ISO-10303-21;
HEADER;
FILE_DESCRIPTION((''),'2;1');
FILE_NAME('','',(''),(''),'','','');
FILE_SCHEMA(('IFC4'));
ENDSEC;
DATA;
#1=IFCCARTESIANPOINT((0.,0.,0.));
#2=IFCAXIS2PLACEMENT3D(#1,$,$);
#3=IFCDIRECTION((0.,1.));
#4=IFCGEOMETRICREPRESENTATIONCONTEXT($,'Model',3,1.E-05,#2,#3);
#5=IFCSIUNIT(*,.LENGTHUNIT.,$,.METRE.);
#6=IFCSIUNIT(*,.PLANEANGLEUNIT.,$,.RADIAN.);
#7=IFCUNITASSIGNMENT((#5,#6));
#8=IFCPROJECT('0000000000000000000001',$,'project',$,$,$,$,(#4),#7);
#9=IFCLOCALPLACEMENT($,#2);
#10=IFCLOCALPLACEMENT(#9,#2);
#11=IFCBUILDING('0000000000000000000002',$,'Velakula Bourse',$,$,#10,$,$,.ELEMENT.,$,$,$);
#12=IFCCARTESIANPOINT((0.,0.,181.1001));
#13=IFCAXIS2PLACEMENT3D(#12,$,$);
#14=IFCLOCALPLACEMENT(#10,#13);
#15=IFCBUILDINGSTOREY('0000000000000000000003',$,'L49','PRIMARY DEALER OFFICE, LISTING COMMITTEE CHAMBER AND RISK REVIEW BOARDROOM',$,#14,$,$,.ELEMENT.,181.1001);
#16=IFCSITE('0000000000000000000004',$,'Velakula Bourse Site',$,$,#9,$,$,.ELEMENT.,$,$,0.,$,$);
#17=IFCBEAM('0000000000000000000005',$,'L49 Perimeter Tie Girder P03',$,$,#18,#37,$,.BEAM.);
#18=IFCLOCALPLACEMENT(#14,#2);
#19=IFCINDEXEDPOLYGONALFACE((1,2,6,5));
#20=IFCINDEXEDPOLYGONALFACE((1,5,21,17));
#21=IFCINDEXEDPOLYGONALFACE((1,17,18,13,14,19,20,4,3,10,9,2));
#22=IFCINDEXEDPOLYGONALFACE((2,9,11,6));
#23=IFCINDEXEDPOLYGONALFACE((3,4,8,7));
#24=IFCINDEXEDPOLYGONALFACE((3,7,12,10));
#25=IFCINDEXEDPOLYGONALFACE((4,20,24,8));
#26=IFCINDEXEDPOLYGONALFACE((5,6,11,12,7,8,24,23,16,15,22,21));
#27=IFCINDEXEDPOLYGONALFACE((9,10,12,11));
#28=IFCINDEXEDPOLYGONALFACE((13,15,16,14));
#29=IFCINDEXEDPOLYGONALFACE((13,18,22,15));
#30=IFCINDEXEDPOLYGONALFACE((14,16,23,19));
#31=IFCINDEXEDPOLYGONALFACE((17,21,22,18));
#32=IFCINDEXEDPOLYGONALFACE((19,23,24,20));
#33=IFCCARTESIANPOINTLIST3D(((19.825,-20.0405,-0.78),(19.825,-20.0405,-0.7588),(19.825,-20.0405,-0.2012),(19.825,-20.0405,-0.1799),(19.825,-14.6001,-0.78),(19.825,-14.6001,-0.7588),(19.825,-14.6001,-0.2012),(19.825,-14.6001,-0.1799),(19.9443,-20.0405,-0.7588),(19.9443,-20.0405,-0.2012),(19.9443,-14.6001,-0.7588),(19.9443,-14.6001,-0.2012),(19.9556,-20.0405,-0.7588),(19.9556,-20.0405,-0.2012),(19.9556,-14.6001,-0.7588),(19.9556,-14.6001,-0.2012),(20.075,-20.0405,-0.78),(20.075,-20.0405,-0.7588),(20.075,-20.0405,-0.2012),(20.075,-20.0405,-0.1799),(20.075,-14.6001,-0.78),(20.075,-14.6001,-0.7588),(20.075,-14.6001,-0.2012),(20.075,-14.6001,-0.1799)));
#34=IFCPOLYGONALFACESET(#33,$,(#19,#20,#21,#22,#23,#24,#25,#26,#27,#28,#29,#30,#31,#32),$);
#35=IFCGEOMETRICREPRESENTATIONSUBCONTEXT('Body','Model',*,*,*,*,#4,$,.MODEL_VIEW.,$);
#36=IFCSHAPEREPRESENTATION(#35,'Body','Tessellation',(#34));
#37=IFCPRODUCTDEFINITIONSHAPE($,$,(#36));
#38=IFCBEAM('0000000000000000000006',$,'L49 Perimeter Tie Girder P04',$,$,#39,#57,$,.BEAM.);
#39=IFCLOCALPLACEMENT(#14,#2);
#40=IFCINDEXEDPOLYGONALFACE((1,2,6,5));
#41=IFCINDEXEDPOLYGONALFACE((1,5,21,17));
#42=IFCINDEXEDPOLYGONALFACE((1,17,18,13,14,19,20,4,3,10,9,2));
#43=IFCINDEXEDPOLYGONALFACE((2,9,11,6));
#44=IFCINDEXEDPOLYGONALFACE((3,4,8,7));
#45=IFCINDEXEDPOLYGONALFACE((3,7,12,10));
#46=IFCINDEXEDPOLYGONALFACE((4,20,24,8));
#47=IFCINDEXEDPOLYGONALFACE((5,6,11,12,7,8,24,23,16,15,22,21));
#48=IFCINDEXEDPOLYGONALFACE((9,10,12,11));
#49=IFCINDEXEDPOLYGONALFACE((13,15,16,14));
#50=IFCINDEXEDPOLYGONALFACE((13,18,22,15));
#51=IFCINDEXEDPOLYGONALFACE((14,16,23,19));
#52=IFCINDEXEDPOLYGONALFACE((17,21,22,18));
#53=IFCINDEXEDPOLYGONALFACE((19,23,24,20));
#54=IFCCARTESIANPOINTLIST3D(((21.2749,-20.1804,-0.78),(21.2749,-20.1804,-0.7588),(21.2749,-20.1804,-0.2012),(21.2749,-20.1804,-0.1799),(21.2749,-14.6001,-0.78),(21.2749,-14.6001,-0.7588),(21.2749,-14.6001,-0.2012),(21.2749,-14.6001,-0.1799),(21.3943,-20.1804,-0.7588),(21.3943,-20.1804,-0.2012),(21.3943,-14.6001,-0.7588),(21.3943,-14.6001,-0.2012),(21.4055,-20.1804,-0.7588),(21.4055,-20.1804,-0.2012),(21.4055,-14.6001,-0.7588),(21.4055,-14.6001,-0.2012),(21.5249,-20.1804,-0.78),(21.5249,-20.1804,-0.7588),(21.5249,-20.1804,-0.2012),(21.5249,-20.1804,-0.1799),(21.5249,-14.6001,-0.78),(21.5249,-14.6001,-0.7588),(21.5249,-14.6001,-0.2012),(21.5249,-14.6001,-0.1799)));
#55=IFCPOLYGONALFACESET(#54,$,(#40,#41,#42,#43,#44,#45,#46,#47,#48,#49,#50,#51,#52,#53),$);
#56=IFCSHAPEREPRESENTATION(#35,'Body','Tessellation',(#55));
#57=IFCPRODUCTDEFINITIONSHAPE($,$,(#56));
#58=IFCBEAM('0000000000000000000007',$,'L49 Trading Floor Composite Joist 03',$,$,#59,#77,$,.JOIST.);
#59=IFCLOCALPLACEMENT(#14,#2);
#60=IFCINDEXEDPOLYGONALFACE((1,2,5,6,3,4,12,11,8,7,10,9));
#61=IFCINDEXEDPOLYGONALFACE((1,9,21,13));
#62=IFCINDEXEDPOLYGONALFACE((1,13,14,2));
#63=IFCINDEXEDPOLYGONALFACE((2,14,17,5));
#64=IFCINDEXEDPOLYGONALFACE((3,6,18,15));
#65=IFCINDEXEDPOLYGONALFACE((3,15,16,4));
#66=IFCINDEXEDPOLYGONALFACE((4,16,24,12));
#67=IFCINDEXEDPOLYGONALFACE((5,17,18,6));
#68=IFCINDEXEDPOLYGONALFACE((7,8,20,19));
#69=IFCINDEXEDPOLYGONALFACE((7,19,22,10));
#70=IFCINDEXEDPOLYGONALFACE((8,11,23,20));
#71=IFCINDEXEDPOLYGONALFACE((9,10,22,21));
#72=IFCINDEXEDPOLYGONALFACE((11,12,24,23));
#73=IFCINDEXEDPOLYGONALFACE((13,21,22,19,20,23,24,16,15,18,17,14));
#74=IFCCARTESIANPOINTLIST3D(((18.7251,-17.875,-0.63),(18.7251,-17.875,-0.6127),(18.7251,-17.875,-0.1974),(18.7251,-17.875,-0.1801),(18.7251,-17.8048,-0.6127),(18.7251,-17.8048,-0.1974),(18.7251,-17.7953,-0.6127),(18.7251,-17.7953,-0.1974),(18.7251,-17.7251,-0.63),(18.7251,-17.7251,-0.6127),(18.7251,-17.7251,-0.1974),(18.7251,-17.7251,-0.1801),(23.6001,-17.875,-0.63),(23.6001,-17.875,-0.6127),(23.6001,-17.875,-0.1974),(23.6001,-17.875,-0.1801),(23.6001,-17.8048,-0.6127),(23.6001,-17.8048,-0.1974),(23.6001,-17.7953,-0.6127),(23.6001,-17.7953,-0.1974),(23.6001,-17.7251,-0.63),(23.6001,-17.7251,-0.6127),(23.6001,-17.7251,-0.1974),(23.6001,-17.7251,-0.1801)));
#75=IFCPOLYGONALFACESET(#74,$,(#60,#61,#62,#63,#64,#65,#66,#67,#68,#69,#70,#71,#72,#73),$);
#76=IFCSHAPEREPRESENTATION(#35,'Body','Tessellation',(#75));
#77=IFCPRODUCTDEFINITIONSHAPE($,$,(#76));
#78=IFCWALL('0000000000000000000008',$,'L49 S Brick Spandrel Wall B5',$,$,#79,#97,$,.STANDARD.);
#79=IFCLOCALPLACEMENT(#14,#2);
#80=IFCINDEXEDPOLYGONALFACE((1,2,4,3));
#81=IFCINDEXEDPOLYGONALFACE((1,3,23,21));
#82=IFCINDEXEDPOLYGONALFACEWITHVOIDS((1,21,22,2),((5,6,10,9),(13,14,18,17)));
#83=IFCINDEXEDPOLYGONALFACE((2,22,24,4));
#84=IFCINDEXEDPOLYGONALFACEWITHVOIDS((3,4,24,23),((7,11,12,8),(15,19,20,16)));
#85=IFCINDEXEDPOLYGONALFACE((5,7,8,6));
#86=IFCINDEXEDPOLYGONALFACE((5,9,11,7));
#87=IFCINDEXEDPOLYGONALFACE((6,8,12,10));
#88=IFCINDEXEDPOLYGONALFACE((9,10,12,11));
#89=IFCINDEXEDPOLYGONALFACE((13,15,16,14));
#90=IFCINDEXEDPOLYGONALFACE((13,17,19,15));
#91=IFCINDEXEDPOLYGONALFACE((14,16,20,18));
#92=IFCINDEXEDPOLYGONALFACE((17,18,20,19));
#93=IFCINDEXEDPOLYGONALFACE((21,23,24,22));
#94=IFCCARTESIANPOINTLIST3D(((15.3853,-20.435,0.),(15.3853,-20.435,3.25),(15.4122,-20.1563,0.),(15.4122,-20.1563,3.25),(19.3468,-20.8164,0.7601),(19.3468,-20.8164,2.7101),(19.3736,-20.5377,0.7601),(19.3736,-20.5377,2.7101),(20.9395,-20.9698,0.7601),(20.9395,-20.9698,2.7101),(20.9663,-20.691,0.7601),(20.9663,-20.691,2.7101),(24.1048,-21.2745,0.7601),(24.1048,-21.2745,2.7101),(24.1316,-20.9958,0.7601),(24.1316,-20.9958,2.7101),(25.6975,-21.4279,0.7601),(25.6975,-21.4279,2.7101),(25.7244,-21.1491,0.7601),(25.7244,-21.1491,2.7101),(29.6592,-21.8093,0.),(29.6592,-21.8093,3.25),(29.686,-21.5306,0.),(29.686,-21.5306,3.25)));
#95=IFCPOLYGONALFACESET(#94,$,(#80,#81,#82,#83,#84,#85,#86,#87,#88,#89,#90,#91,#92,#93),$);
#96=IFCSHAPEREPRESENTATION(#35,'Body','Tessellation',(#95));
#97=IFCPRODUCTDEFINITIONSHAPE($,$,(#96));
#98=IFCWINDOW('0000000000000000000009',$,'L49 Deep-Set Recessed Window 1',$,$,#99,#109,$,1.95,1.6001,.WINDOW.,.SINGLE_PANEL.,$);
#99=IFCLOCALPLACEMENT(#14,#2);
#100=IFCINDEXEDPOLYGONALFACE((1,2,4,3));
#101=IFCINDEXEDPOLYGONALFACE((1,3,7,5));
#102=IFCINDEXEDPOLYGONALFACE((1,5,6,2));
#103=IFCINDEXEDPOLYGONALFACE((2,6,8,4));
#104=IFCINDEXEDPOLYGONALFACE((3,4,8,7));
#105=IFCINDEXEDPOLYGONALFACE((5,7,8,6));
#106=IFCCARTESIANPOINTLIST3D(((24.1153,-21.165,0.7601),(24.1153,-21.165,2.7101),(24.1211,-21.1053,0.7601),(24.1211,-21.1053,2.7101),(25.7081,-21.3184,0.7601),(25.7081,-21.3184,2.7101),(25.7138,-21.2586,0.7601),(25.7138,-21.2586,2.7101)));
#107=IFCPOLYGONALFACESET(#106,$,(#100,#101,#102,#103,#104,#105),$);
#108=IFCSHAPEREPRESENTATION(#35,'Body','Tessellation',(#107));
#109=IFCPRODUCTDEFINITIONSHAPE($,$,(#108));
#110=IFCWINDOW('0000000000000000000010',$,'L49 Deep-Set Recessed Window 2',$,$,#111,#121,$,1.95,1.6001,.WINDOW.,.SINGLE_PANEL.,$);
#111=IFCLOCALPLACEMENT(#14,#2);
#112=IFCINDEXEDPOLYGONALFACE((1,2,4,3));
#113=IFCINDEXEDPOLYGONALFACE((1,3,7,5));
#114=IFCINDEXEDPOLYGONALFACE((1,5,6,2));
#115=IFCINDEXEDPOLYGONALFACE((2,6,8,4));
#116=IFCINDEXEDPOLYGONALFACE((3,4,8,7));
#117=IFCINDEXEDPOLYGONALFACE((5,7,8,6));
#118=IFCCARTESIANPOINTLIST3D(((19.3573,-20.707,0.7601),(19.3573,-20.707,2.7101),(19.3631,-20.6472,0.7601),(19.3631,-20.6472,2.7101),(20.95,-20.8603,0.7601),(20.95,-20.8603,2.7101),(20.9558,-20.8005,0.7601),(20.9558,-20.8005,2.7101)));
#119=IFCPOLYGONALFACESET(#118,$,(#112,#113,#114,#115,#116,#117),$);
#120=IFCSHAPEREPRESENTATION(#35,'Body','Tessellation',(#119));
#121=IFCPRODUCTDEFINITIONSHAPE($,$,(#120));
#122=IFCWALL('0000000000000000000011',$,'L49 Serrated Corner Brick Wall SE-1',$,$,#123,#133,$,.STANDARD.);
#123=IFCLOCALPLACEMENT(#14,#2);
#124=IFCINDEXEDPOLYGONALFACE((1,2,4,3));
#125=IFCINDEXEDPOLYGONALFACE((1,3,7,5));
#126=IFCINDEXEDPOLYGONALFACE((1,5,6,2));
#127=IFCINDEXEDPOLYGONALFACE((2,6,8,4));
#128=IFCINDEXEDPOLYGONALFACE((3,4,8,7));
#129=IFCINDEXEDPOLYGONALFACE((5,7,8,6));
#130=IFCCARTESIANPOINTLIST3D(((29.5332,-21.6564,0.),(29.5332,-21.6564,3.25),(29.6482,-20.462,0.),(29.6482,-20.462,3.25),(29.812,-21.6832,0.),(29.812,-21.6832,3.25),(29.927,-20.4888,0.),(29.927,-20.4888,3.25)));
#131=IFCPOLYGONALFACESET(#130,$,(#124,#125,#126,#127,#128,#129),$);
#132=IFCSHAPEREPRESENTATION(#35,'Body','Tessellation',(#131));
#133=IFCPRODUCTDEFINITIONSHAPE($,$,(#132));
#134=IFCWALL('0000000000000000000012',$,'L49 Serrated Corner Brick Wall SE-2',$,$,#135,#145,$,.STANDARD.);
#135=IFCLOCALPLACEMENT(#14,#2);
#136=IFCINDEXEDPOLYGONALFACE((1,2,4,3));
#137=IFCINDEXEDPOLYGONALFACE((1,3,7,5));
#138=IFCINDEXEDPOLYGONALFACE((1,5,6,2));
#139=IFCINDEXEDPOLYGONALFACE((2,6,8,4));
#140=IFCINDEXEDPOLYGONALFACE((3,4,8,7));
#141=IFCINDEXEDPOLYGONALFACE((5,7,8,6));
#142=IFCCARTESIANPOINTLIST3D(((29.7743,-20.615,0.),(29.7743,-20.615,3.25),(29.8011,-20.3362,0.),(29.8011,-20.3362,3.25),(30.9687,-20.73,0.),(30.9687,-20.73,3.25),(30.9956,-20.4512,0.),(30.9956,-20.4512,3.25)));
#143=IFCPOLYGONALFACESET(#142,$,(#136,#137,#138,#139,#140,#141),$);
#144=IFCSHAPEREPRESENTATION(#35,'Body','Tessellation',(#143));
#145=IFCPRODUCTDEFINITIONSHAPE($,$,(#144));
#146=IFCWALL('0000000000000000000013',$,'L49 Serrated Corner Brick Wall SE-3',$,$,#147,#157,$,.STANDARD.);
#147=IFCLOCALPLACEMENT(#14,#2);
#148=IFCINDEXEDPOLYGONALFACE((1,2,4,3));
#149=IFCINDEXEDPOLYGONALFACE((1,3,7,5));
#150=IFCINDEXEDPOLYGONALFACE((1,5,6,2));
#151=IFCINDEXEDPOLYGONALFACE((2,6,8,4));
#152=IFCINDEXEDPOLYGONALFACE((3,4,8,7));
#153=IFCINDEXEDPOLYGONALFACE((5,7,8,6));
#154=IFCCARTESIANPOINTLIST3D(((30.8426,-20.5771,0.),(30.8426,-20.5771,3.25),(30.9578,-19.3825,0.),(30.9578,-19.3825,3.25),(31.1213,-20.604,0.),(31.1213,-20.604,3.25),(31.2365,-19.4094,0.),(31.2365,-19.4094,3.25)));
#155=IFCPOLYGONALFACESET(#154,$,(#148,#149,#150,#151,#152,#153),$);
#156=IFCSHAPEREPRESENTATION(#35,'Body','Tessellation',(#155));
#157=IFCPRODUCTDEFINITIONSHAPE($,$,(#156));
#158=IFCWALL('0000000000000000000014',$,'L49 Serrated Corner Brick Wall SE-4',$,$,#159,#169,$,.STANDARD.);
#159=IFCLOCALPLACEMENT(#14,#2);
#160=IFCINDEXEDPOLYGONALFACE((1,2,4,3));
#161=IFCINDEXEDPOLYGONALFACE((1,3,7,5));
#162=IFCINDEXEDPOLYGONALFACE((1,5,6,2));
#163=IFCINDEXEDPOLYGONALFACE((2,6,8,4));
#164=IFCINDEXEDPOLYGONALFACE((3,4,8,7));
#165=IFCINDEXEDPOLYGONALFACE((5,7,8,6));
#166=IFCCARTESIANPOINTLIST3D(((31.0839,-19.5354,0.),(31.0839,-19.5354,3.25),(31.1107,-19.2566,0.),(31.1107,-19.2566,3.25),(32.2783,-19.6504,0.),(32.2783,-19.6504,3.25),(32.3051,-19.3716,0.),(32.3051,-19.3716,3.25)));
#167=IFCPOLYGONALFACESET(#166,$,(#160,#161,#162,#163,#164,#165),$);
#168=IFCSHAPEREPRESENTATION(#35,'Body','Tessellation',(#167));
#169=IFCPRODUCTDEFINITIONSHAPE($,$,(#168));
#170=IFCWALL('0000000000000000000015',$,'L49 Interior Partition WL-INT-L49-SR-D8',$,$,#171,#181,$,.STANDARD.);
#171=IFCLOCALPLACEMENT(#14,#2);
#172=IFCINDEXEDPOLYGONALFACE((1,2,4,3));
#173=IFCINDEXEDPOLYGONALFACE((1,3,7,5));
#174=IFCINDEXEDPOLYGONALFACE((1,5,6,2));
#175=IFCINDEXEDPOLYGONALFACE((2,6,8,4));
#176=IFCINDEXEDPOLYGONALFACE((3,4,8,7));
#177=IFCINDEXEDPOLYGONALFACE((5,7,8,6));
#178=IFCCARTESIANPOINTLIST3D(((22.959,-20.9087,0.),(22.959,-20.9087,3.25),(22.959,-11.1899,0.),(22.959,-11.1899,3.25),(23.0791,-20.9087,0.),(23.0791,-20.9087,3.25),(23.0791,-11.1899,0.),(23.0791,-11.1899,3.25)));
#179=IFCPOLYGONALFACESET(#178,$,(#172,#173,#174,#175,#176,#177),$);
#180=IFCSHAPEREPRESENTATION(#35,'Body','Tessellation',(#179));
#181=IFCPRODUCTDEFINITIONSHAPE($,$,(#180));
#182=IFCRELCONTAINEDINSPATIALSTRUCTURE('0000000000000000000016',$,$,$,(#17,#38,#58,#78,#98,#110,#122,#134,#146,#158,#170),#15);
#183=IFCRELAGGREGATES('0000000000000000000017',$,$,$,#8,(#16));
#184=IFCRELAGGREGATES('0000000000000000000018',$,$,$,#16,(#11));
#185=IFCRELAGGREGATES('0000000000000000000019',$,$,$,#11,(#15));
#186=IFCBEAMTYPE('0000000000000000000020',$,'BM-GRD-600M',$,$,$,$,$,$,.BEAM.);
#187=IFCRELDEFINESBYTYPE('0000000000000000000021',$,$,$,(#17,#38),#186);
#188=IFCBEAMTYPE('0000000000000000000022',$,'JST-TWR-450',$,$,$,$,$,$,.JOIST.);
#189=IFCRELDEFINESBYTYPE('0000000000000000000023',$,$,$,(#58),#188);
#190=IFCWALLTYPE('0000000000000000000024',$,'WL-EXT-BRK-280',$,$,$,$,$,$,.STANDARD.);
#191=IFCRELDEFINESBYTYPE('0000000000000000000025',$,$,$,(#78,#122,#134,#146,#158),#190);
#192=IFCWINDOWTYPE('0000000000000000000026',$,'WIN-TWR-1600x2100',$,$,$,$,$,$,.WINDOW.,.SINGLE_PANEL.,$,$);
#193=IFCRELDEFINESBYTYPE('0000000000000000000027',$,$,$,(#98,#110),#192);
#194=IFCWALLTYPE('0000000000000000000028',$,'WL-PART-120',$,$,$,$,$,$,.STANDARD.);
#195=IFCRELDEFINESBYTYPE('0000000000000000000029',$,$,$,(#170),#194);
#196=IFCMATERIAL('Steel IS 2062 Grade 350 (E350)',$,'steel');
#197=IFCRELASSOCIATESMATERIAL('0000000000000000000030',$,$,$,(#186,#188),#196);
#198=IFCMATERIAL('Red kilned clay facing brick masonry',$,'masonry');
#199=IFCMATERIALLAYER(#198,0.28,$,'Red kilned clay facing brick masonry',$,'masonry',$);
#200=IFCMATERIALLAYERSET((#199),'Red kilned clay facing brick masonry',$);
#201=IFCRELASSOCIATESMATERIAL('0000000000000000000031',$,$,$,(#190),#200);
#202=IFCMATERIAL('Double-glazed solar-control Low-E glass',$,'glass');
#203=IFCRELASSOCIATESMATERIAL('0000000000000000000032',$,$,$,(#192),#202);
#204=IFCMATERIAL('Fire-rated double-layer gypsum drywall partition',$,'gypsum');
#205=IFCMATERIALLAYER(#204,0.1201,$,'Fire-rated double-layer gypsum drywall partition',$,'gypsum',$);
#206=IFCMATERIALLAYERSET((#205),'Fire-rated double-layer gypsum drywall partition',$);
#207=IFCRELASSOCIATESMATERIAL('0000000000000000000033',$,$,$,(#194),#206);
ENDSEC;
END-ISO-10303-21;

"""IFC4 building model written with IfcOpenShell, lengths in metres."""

from ifc_helpers import new_model, si_unit, direction, frame, frame_2d, origin, origin_2d, place, context, subcontext, project, spatial, rectangle, i_section, extrude, material, layer, layer_set, material_profile, profile_set, type_object, element, fill, save


model = new_model("IFC4")

# Units and contexts
model_context = context("Model", 3, precision=1e-05, world=origin(), true_north=direction((0.0, 1.0)))
body_context = subcontext(model_context, "Body", "Model", "MODEL_VIEW")
ifc_project = project(units=[si_unit("LENGTHUNIT", "METRE"), si_unit("PLANEANGLEUNIT", "RADIAN")], contexts=[model_context])

# Site, building, storey
site_placement = place(None, origin())
site = spatial("IfcSite", under=ifc_project, at=site_placement, Name="Velakula Bourse Site", CompositionType="ELEMENT", RefElevation=0.0)
building_placement = place(site_placement, origin())
building = spatial("IfcBuilding", under=site, at=building_placement, Name="Velakula Bourse", CompositionType="ELEMENT")
storey_placement = place(building_placement, frame((0.0, 0.0, 181.1001)))
storey = spatial("IfcBuildingStorey", under=building, at=storey_placement, Name="L49", Description="PRIMARY DEALER OFFICE, LISTING COMMITTEE CHAMBER AND RISK REVIEW BOARDROOM", CompositionType="ELEMENT", Elevation=181.1001)

# Shared definitions
ifc_material_1 = material(Name="Steel IS 2062 Grade 350 (E350)", Category="steel")

# Beams
ifc_material_profile_1 = material_profile(ifc_material_1, i_section(OverallWidth=0.25, OverallDepth=0.6001, WebThickness=0.0112, FlangeThickness=0.0212, at=origin_2d()), Name="Steel IS 2062 Grade 350 (E350)")
ifc_profile_set_1 = profile_set([ifc_material_profile_1], Name="Steel IS 2062 Grade 350 (E350)")
beam_type_1 = type_object("IfcBeamType", Name="BM-GRD-600M", PredefinedType="BEAM", material=ifc_profile_set_1)
beam_1_placement = place(storey_placement, frame((19.95, -14.6001, -0.48), z_axis=(0.0, -1.0, 0.0), x_axis=(1.0, 0.0, 0.0)))
element("IfcBeam", 1, at=beam_1_placement, inside=storey, type_object=beam_type_1, Name="L49 Perimeter Tie Girder P03", PredefinedType="BEAM", context=body_context, shape_type="SweptSolid", body=[
    extrude(i_section(OverallWidth=0.25, OverallDepth=0.6001, WebThickness=0.0112, FlangeThickness=0.0212, at=origin_2d()), origin(), (0.0, 0.0, 1.0), 5.4404),
])
beam_2_placement = place(storey_placement, frame((21.3999, -14.6001, -0.48), z_axis=(0.0, -1.0, 0.0), x_axis=(1.0, 0.0, 0.0)))
element("IfcBeam", 2, at=beam_2_placement, inside=storey, type_object=beam_type_1, Name="L49 Perimeter Tie Girder P04", PredefinedType="BEAM", context=body_context, shape_type="SweptSolid", body=[
    extrude(i_section(OverallWidth=0.25, OverallDepth=0.6001, WebThickness=0.0112, FlangeThickness=0.0212, at=origin_2d()), origin(), (0.0, 0.0, 1.0), 5.5803),
])
ifc_material_profile_2 = material_profile(ifc_material_1, i_section(OverallWidth=0.1499, OverallDepth=0.45, WebThickness=0.0095, FlangeThickness=0.0173, at=origin_2d()), Name="Steel IS 2062 Grade 350 (E350)")
ifc_profile_set_2 = profile_set([ifc_material_profile_2], Name="Steel IS 2062 Grade 350 (E350)")
beam_type_2 = type_object("IfcBeamType", Name="JST-TWR-450", PredefinedType="JOIST", material=ifc_profile_set_2)
beam_3_placement = place(storey_placement, frame((18.7251, -17.8, -0.405), z_axis=(1.0, 0.0, 0.0), x_axis=(0.0, 1.0, 0.0)))
element("IfcBeam", 3, at=beam_3_placement, inside=storey, type_object=beam_type_2, Name="L49 Trading Floor Composite Joist 03", PredefinedType="JOIST", context=body_context, shape_type="SweptSolid", body=[
    extrude(i_section(OverallWidth=0.1499, OverallDepth=0.45, WebThickness=0.0095, FlangeThickness=0.0173, at=origin_2d()), origin(), (0.0, 0.0, 1.0), 4.875),
])

# Wall, openings, windows
ifc_material_2 = material(Name="Red kilned clay facing brick masonry", Category="masonry")
ifc_layer_1 = layer(ifc_material_2, 0.28, Name="Red kilned clay facing brick masonry", Category="masonry")
ifc_layer_set_1 = layer_set([ifc_layer_1], Name="Red kilned clay facing brick masonry")
wall_type_1 = type_object("IfcWallType", Name="WL-EXT-BRK-280", PredefinedType="STANDARD", material=ifc_layer_set_1)
wall_1_placement = place(storey_placement, frame((29.6726, -21.6699, 0.0), z_axis=(0.0, 0.0, 1.0), x_axis=(-0.995397, 0.095835, 0.0)))
wall_1 = element("IfcWall", 4, at=wall_1_placement, inside=storey, type_object=wall_type_1, Name="L49 S Brick Spandrel Wall B5", PredefinedType="STANDARD", context=body_context, shape_type="SweptSolid", body=[
    extrude(rectangle(XDim=14.3398, YDim=0.28, at=frame_2d((7.1699, 0.0))), origin(), (0.0, 0.0, 1.0), 3.25),
])
opening_1_placement = place(wall_1_placement, frame((3.98, 0.0, 0.76)))
opening_1 = element("IfcOpeningElement", 5, at=opening_1_placement, cuts=wall_1, PredefinedType="OPENING", context=body_context, shape_type="SweptSolid", body=[
    extrude(rectangle(XDim=1.6001, YDim=1.95, at=frame_2d((0.8, 0.9751))), frame((0.0, 0.1499, 0.0), z_axis=(0.0, -1.0, 0.0), x_axis=(1.0, 0.0, 0.0)), (0.0, 0.0, 1.0), 0.3),
])
opening_2_placement = place(wall_1_placement, frame((8.76, 0.0, 0.76)))
opening_2 = element("IfcOpeningElement", 6, at=opening_2_placement, cuts=wall_1, PredefinedType="OPENING", context=body_context, shape_type="SweptSolid", body=[
    extrude(rectangle(XDim=1.6001, YDim=1.95, at=frame_2d((0.8, 0.9751))), frame((0.0, 0.1499, 0.0), z_axis=(0.0, -1.0, 0.0), x_axis=(1.0, 0.0, 0.0)), (0.0, 0.0, 1.0), 0.3),
])
ifc_material_3 = material(Name="Double-glazed solar-control Low-E glass", Category="glass")
window_type = type_object("IfcWindowType", Name="WIN-TWR-1600x2100", PartitioningType="SINGLE_PANEL", PredefinedType="WINDOW", material=ifc_material_3)
window_1_placement = place(opening_1_placement, origin())
window_1 = element("IfcWindow", 7, at=window_1_placement, inside=storey, type_object=window_type, Name="L49 Deep-Set Recessed Window 1", OverallHeight=1.95, OverallWidth=1.6001, PartitioningType="SINGLE_PANEL", PredefinedType="WINDOW", context=body_context, shape_type="SweptSolid", body=[
    extrude(rectangle(XDim=1.6001, YDim=1.95, at=frame_2d((0.8, 0.9751))), frame((0.0, 0.03, 0.0), z_axis=(0.0, -1.0, 0.0), x_axis=(1.0, 0.0, 0.0)), (0.0, 0.0, 1.0), 0.0601),
])
fill(opening_1, window_1)
window_2_placement = place(opening_2_placement, origin())
window_2 = element("IfcWindow", 8, at=window_2_placement, inside=storey, type_object=window_type, Name="L49 Deep-Set Recessed Window 2", OverallHeight=1.95, OverallWidth=1.6001, PartitioningType="SINGLE_PANEL", PredefinedType="WINDOW", context=body_context, shape_type="SweptSolid", body=[
    extrude(rectangle(XDim=1.6001, YDim=1.95, at=frame_2d((0.8, 0.9751))), frame((0.0, 0.03, 0.0), z_axis=(0.0, -1.0, 0.0), x_axis=(1.0, 0.0, 0.0)), (0.0, 0.0, 1.0), 0.0601),
])
fill(opening_2, window_2)

# Walls
for number, where, z_axis, x_axis, name in (
    (9, (29.6726, -21.6699, 0.0), (0.0, 0.0, 1.0), (0.095836, 0.995397, 0.0), "L49 Serrated Corner Brick Wall SE-1"),
    (10, (29.7876, -20.4756, 0.0), (0.0, 0.0, 1.0), (0.995397, -0.095836, 0.0), "L49 Serrated Corner Brick Wall SE-2"),
):
    element("IfcWall", number, at=place(storey_placement, frame(where, z_axis=z_axis, x_axis=x_axis)), inside=storey, type_object=wall_type_1, Name=name, PredefinedType="STANDARD", context=body_context, shape_type="SweptSolid", body=[
        extrude(rectangle(XDim=1.2, YDim=0.28, at=frame_2d((0.6001, 0.0))), origin(), (0.0, 0.0, 1.0), 3.25),
    ])
wall_2_placement = place(storey_placement, frame((30.9819, -20.5906, 0.0), z_axis=(0.0, 0.0, 1.0), x_axis=(0.096019, 0.99538, 0.0)))
element("IfcWall", 11, at=wall_2_placement, inside=storey, type_object=wall_type_1, Name="L49 Serrated Corner Brick Wall SE-3", PredefinedType="STANDARD", context=body_context, shape_type="SweptSolid", body=[
    extrude(rectangle(XDim=1.2002, YDim=0.28, at=frame_2d((0.6001, 0.0))), origin(), (0.0, 0.0, 1.0), 3.25),
])
wall_3_placement = place(storey_placement, frame((31.0972, -19.396, 0.0), z_axis=(0.0, 0.0, 1.0), x_axis=(0.995397, -0.095836, 0.0)))
element("IfcWall", 12, at=wall_3_placement, inside=storey, type_object=wall_type_1, Name="L49 Serrated Corner Brick Wall SE-4", PredefinedType="STANDARD", context=body_context, shape_type="SweptSolid", body=[
    extrude(rectangle(XDim=1.2, YDim=0.28, at=frame_2d((0.6001, 0.0))), origin(), (0.0, 0.0, 1.0), 3.25),
])
ifc_material_4 = material(Name="Fire-rated double-layer gypsum drywall partition", Category="gypsum")
ifc_layer_2 = layer(ifc_material_4, 0.1201, Name="Fire-rated double-layer gypsum drywall partition", Category="gypsum")
ifc_layer_set_2 = layer_set([ifc_layer_2], Name="Fire-rated double-layer gypsum drywall partition")
wall_type_2 = type_object("IfcWallType", Name="WL-PART-120", PredefinedType="STANDARD", material=ifc_layer_set_2)
wall_4_placement = place(storey_placement, frame((23.019, -20.9087, 0.0), z_axis=(0.0, 0.0, 1.0), x_axis=(0.0, 1.0, 0.0)))
element("IfcWall", 13, at=wall_4_placement, inside=storey, type_object=wall_type_2, Name="L49 Interior Partition WL-INT-L49-SR-D8", PredefinedType="STANDARD", context=body_context, shape_type="SweptSolid", body=[
    extrude(rectangle(XDim=9.7188, YDim=0.1201, at=frame_2d((4.8594, 0.0))), origin(), (0.0, 0.0, 1.0), 3.25),
])

save(model, "model.ifc")
